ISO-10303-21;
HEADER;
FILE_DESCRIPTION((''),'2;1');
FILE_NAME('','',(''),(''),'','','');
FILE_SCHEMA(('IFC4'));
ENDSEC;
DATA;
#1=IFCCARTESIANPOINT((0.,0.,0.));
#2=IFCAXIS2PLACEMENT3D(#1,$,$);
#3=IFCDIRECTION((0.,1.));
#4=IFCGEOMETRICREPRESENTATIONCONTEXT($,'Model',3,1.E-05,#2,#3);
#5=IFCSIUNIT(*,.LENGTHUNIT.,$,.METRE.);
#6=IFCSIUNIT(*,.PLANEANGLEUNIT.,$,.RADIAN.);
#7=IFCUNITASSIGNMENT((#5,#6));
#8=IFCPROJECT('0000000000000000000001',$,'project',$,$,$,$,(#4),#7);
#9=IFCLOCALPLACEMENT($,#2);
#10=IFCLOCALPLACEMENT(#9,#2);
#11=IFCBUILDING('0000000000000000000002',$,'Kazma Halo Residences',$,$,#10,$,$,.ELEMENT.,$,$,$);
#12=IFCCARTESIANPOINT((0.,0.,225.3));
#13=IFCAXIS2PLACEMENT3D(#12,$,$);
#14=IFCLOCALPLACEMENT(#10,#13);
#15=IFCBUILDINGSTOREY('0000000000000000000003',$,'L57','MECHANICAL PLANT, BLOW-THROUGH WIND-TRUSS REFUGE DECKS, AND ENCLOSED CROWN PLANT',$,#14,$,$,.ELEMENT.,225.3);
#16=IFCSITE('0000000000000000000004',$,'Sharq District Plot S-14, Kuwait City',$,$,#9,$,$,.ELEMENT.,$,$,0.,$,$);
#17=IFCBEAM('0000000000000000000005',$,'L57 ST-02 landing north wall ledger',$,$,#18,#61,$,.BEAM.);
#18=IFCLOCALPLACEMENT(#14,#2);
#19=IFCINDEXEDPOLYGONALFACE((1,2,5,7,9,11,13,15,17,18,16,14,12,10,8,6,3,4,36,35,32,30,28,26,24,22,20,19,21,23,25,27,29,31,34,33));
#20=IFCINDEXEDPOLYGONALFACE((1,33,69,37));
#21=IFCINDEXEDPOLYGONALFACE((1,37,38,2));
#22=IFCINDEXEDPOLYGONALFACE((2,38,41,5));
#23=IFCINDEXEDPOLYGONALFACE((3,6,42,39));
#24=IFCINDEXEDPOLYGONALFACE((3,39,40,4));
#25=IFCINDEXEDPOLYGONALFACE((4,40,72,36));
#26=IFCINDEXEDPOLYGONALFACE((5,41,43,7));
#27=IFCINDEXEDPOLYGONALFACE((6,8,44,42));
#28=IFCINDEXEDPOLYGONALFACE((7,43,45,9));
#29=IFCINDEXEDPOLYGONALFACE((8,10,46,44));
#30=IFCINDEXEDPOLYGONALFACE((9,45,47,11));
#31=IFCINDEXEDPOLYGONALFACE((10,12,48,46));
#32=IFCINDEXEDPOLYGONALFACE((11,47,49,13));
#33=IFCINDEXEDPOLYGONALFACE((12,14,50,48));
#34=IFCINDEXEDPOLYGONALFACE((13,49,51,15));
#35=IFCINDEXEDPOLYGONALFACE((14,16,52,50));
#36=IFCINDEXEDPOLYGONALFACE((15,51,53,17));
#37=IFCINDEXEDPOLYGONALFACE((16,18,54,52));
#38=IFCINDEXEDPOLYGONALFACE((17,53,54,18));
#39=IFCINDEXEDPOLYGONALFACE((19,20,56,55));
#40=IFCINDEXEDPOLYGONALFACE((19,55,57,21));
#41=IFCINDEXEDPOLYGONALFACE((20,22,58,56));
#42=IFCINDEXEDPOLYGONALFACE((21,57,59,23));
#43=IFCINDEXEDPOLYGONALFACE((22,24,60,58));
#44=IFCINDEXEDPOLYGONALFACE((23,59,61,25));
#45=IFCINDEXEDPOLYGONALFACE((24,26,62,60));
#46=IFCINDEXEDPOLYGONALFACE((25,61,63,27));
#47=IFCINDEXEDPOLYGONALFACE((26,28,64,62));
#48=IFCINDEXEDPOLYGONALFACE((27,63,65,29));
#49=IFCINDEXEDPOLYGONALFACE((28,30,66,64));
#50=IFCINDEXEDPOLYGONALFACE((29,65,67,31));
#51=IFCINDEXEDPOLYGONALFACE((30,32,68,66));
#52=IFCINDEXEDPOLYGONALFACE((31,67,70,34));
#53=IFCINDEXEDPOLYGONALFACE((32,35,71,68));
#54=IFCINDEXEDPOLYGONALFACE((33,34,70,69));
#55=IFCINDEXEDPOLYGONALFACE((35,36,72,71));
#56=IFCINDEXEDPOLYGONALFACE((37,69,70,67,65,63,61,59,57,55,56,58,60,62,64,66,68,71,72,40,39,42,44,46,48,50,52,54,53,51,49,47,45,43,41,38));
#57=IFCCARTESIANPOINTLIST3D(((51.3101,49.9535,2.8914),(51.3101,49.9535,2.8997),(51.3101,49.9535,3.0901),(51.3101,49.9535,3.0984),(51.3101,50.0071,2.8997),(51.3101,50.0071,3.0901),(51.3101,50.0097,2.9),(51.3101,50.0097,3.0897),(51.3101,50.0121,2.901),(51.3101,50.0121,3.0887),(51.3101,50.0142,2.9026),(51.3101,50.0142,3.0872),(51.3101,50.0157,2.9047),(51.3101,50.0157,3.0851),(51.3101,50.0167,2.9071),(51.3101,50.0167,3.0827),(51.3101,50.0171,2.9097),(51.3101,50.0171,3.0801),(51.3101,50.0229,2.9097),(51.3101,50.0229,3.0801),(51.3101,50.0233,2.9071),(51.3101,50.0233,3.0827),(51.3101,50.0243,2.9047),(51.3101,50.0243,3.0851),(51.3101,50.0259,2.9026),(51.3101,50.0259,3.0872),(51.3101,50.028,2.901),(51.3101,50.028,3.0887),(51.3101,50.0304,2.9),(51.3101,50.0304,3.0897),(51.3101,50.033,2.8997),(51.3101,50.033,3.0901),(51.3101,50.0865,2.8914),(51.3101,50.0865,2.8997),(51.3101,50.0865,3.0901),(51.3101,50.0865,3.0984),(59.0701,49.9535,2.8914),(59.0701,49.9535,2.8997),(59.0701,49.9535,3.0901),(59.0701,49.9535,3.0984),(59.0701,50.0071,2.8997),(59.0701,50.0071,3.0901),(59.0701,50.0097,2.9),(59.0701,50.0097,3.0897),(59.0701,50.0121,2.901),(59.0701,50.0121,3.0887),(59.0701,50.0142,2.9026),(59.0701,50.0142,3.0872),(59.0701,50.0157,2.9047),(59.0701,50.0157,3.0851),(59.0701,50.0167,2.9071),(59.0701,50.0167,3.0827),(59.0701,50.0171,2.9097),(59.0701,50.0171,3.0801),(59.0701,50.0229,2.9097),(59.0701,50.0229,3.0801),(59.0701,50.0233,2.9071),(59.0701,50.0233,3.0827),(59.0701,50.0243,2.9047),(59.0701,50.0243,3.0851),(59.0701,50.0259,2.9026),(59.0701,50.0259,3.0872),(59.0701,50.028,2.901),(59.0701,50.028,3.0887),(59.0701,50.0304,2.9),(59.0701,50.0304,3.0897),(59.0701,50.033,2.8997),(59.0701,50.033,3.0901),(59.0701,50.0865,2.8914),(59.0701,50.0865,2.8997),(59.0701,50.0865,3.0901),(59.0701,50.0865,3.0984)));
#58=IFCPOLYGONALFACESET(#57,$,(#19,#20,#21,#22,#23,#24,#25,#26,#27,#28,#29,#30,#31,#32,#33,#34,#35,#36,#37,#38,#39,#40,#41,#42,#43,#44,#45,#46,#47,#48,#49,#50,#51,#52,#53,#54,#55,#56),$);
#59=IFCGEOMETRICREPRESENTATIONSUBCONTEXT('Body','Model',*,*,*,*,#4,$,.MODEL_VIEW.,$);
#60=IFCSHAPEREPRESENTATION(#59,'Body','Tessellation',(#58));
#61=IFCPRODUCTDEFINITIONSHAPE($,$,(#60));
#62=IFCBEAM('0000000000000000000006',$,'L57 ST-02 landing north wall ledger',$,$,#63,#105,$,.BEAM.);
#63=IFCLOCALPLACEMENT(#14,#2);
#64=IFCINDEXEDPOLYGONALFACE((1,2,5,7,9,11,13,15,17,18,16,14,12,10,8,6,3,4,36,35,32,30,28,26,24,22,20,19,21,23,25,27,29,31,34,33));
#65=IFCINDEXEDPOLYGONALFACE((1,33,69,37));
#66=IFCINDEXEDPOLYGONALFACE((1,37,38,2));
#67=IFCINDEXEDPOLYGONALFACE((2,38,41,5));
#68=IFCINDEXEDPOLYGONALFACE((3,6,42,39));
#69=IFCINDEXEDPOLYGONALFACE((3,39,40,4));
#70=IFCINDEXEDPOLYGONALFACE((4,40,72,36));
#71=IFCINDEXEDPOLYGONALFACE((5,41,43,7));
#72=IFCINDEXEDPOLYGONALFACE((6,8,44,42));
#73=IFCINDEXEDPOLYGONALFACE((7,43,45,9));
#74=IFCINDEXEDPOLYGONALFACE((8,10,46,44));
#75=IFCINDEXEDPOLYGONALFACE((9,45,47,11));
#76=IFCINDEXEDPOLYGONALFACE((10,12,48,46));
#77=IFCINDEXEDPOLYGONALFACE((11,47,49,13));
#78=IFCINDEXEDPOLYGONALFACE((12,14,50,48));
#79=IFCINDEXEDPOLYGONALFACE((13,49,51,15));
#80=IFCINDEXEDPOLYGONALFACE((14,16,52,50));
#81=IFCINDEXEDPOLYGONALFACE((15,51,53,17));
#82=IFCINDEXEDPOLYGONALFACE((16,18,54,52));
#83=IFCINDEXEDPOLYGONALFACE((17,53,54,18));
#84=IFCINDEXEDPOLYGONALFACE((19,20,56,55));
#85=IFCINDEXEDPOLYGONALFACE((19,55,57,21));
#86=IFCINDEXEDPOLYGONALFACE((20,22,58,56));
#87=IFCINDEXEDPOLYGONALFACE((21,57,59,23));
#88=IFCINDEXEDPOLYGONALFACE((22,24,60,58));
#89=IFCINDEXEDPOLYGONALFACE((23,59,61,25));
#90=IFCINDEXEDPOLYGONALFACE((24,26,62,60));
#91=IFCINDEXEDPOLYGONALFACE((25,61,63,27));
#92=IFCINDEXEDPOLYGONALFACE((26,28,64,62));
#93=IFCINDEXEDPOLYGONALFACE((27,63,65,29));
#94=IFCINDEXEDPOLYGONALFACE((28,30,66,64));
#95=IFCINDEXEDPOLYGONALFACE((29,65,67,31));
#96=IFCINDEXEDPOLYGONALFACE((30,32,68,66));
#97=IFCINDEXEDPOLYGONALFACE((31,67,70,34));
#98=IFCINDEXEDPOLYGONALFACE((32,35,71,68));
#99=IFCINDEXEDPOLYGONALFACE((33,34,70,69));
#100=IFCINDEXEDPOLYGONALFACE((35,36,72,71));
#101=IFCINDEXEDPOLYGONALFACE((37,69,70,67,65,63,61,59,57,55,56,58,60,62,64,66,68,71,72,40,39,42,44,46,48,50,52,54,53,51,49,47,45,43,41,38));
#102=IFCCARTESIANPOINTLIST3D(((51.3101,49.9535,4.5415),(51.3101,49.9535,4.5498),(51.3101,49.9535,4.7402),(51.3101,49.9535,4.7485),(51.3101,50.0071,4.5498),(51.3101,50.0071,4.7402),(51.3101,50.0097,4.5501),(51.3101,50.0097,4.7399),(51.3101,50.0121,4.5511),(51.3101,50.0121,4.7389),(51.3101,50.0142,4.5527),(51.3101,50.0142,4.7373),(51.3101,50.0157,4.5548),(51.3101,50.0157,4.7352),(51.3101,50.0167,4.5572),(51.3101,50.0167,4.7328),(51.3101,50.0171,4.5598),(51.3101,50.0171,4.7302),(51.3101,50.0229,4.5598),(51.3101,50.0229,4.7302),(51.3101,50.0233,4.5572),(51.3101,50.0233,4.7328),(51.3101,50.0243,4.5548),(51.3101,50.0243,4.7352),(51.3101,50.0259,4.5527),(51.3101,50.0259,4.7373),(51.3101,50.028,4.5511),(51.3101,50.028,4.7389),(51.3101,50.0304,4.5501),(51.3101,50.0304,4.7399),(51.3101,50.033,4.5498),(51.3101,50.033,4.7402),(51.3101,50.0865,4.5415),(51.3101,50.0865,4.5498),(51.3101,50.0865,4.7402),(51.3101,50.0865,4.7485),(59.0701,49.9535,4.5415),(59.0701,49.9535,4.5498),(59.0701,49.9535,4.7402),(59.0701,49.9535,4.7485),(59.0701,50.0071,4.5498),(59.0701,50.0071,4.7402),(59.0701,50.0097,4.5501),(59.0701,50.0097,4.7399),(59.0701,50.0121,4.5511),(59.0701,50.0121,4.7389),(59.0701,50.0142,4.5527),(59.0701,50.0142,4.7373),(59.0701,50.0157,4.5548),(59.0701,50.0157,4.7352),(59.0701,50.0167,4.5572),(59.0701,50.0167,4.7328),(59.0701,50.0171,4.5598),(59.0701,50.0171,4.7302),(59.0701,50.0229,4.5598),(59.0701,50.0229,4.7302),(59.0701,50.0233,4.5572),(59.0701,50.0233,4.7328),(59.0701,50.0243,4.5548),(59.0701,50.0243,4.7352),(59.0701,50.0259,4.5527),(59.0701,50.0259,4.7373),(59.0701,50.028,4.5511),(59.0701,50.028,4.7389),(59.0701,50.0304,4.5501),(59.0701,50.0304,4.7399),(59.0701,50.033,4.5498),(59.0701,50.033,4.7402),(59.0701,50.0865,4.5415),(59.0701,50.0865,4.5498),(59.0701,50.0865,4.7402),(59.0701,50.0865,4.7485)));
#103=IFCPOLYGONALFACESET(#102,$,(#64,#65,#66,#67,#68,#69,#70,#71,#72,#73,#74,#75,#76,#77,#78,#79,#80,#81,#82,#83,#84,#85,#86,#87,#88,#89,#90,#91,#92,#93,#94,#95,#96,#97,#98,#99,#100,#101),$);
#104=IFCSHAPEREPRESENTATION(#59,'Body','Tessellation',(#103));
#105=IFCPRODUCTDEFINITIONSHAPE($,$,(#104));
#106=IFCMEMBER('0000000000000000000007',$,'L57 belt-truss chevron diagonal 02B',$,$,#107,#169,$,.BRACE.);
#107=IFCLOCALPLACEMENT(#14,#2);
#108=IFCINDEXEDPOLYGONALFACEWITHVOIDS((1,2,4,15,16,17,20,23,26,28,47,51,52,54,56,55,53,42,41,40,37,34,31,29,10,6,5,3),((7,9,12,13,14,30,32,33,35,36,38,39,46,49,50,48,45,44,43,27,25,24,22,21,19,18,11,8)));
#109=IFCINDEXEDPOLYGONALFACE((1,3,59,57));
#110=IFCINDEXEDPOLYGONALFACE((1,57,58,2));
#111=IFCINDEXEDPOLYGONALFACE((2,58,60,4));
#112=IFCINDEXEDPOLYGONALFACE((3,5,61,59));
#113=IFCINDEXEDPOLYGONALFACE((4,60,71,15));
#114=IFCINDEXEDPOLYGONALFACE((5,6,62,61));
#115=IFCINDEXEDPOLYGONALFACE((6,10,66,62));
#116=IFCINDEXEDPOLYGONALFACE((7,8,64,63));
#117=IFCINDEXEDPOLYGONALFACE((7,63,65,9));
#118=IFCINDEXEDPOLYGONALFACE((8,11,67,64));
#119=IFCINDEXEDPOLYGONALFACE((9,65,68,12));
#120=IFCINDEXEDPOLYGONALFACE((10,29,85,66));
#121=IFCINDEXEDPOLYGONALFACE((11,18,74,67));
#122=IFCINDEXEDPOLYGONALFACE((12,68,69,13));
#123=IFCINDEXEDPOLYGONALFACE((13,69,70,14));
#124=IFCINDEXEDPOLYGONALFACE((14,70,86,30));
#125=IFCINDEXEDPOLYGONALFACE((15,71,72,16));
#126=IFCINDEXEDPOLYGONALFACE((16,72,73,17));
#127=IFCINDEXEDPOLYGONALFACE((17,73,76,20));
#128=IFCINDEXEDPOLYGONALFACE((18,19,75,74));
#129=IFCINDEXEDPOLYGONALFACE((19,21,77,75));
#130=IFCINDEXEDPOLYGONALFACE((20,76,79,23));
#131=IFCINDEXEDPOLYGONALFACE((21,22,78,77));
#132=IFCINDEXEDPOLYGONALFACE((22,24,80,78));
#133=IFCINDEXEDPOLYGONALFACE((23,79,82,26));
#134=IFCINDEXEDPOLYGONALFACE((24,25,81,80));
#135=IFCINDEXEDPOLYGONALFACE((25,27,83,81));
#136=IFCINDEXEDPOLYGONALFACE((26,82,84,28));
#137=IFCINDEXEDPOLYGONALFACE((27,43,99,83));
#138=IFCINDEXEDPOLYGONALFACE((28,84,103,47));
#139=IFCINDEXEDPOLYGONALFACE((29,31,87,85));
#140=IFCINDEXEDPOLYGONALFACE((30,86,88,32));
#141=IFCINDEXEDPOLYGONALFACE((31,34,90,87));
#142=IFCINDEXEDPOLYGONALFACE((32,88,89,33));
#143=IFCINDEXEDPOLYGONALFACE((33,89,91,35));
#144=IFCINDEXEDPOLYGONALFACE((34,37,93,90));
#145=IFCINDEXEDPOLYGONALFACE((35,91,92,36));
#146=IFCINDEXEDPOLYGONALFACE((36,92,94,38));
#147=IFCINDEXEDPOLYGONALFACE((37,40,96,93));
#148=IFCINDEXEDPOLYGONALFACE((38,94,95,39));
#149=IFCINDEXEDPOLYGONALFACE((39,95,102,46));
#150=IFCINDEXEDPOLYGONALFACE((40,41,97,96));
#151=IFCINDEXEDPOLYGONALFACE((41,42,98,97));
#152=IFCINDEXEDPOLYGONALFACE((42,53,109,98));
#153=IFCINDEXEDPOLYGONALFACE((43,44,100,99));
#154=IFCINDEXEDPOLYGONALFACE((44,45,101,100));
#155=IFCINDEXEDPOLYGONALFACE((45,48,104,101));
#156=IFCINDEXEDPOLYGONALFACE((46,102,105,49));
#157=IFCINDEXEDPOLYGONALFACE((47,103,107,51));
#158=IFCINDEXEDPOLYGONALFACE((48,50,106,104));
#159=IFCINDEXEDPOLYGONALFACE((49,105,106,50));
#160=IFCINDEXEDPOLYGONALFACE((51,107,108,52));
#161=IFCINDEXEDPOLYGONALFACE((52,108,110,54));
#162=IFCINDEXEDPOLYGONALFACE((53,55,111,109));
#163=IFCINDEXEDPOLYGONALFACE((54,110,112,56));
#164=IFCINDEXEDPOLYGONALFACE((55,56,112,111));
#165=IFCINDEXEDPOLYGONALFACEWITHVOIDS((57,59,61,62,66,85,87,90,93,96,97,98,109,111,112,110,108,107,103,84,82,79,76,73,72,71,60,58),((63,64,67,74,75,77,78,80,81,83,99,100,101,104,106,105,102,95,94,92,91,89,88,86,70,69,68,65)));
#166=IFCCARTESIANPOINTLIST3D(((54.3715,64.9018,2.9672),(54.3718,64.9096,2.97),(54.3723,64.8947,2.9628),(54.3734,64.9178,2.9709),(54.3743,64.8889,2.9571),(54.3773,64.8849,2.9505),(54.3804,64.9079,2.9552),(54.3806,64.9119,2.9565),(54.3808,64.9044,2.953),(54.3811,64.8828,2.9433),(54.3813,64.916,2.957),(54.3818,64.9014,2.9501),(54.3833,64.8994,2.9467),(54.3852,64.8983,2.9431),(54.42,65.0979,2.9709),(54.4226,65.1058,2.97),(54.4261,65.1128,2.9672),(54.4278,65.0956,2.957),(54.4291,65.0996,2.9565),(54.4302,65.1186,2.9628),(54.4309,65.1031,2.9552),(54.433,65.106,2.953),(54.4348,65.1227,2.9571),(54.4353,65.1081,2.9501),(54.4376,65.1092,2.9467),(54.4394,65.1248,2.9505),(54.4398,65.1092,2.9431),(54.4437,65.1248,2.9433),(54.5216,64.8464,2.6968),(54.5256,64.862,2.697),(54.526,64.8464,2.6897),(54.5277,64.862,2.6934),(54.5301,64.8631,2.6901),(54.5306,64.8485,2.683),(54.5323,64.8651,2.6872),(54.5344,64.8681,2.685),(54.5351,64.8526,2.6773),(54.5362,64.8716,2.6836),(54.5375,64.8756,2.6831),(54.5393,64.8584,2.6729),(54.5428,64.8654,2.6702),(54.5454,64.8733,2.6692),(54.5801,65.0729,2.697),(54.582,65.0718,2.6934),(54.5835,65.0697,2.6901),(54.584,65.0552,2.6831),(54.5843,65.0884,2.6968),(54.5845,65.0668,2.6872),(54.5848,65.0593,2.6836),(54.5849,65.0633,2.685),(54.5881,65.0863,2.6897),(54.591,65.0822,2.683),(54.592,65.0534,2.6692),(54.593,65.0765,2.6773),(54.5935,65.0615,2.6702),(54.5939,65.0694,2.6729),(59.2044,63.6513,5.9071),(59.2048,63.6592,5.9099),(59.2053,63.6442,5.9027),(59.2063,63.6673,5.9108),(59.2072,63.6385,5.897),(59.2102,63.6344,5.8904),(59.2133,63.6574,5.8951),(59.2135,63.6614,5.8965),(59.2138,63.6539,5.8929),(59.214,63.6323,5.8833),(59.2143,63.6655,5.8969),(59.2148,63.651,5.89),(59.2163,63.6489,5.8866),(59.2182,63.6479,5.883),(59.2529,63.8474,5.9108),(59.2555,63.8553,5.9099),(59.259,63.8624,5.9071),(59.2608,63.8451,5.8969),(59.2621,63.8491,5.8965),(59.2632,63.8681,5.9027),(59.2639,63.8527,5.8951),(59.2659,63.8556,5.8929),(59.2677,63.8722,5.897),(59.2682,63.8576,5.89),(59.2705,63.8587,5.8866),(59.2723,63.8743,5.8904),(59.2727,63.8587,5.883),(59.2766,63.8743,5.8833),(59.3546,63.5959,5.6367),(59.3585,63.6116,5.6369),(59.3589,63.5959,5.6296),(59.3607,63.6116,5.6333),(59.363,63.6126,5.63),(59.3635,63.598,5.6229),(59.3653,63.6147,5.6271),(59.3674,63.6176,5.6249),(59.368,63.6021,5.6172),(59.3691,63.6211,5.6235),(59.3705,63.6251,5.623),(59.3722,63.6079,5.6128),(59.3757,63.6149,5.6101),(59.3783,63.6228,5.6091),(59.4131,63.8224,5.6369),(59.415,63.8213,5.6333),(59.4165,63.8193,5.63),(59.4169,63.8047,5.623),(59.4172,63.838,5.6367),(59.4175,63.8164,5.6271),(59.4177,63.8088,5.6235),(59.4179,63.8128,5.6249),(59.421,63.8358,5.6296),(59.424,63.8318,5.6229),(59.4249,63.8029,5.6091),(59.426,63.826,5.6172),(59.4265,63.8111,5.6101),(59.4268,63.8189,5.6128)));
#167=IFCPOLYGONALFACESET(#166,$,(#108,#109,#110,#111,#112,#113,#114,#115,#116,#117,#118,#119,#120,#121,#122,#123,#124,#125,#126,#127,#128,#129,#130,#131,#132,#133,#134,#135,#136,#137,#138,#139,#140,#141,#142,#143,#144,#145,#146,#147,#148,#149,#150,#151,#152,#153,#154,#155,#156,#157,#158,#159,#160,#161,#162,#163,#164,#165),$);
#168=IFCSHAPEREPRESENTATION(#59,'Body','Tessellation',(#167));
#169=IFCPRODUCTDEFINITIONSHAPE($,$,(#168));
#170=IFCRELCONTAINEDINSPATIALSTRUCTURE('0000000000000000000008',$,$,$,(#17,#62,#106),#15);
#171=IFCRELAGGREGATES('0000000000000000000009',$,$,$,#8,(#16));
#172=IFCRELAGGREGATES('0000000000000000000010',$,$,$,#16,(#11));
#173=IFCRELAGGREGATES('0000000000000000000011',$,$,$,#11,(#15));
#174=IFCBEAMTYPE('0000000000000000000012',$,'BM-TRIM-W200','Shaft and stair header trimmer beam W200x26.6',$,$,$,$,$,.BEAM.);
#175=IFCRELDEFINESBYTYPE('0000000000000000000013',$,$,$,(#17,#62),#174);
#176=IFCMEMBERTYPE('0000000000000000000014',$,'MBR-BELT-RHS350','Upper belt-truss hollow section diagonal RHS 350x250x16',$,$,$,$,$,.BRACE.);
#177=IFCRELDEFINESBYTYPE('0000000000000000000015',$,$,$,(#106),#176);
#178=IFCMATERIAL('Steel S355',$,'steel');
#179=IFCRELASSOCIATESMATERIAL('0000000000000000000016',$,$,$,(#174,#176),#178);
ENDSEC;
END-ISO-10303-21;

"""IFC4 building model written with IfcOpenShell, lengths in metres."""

from ifc_helpers import new_model, si_unit, direction, frame, origin, origin_2d, place, context, subcontext, project, spatial, hollow_rectangle, i_section, extrude, material, material_profile, profile_set, type_object, element, save


model = new_model("IFC4")

# Units and contexts
model_context = context("Model", 3, precision=1e-05, world=origin(), true_north=direction((0.0, 1.0)))
body_context = subcontext(model_context, "Body", "Model", "MODEL_VIEW")
ifc_project = project(units=[si_unit("LENGTHUNIT", "METRE"), si_unit("PLANEANGLEUNIT", "RADIAN")], contexts=[model_context])

# Site, building, storey
site_placement = place(None, origin())
site = spatial("IfcSite", under=ifc_project, at=site_placement, Name="Sharq District Plot S-14, Kuwait City", CompositionType="ELEMENT", RefElevation=0.0)
building_placement = place(site_placement, origin())
building = spatial("IfcBuilding", under=site, at=building_placement, Name="Kazma Halo Residences", CompositionType="ELEMENT")
storey_placement = place(building_placement, frame((0.0, 0.0, 225.3)))
storey = spatial("IfcBuildingStorey", under=building, at=storey_placement, Name="L57", Description="MECHANICAL PLANT, BLOW-THROUGH WIND-TRUSS REFUGE DECKS, AND ENCLOSED CROWN PLANT", CompositionType="ELEMENT", Elevation=225.3)

# Beams
ifc_material_1 = material(Name="Steel S355", Category="steel")
ifc_material_profile_1 = material_profile(ifc_material_1, i_section(OverallWidth=0.1331, OverallDepth=0.207, WebThickness=0.0059, FlangeThickness=0.0083, FilletRadius=0.01, at=origin_2d()), Name="W200x26.6")
ifc_profile_set_1 = profile_set([ifc_material_profile_1], Name="Steel S355")
beam_type_1 = type_object("IfcBeamType", Name="BM-TRIM-W200", Description="Shaft and stair header trimmer beam W200x26.6", PredefinedType="BEAM", material=ifc_profile_set_1)
for number, where, z_axis, x_axis, name in (
    (1, (51.3101, 50.02, 2.9949), (1.0, 0.0, 0.0), (0.0, 1.0, 0.0), "L57 ST-02 landing north wall ledger"),
    (2, (51.3101, 50.02, 4.645), (1.0, 0.0, 0.0), (0.0, 1.0, 0.0), "L57 ST-02 landing north wall ledger"),
):
    element("IfcBeam", number, at=place(storey_placement, frame(where, z_axis=z_axis, x_axis=x_axis)), inside=storey, type_object=beam_type_1, Name=name, PredefinedType="BEAM", context=body_context, shape_type="SweptSolid", body=[
        extrude(i_section(OverallWidth=0.1331, OverallDepth=0.207, WebThickness=0.0059, FlangeThickness=0.0083, FilletRadius=0.01, at=origin_2d()), origin(), (0.0, 0.0, 1.0), 7.76),
    ])

# Member
ifc_material_profile_2 = material_profile(ifc_material_1, hollow_rectangle(XDim=0.25, YDim=0.3501, WallThickness=0.0161, InnerFilletRadius=0.0161, OuterFilletRadius=0.032, at=origin_2d()), Name="RHS350x250x16")
ifc_profile_set_2 = profile_set([ifc_material_profile_2], Name="Steel S355")
member_type_1 = type_object("IfcMemberType", Name="MBR-BELT-RHS350", Description="Upper belt-truss hollow section diagonal RHS 350x250x16", PredefinedType="BRACE", material=ifc_profile_set_2)
member_1_placement = place(storey_placement, frame((54.4827, 64.9856, 2.8201), z_axis=(0.834208, -0.215842, 0.507453), x_axis=(0.25049, 0.968119, 0.0)))
element("IfcMember", 3, at=member_1_placement, inside=storey, type_object=member_type_1, Name="L57 belt-truss chevron diagonal 02B", PredefinedType="BRACE", context=body_context, shape_type="SweptSolid", body=[
    extrude(hollow_rectangle(XDim=0.25, YDim=0.3501, WallThickness=0.0161, InnerFilletRadius=0.0161, OuterFilletRadius=0.032, at=origin_2d()), origin(), (0.0, 0.0, 1.0), 5.7935),
])

save(model, "model.ifc")
